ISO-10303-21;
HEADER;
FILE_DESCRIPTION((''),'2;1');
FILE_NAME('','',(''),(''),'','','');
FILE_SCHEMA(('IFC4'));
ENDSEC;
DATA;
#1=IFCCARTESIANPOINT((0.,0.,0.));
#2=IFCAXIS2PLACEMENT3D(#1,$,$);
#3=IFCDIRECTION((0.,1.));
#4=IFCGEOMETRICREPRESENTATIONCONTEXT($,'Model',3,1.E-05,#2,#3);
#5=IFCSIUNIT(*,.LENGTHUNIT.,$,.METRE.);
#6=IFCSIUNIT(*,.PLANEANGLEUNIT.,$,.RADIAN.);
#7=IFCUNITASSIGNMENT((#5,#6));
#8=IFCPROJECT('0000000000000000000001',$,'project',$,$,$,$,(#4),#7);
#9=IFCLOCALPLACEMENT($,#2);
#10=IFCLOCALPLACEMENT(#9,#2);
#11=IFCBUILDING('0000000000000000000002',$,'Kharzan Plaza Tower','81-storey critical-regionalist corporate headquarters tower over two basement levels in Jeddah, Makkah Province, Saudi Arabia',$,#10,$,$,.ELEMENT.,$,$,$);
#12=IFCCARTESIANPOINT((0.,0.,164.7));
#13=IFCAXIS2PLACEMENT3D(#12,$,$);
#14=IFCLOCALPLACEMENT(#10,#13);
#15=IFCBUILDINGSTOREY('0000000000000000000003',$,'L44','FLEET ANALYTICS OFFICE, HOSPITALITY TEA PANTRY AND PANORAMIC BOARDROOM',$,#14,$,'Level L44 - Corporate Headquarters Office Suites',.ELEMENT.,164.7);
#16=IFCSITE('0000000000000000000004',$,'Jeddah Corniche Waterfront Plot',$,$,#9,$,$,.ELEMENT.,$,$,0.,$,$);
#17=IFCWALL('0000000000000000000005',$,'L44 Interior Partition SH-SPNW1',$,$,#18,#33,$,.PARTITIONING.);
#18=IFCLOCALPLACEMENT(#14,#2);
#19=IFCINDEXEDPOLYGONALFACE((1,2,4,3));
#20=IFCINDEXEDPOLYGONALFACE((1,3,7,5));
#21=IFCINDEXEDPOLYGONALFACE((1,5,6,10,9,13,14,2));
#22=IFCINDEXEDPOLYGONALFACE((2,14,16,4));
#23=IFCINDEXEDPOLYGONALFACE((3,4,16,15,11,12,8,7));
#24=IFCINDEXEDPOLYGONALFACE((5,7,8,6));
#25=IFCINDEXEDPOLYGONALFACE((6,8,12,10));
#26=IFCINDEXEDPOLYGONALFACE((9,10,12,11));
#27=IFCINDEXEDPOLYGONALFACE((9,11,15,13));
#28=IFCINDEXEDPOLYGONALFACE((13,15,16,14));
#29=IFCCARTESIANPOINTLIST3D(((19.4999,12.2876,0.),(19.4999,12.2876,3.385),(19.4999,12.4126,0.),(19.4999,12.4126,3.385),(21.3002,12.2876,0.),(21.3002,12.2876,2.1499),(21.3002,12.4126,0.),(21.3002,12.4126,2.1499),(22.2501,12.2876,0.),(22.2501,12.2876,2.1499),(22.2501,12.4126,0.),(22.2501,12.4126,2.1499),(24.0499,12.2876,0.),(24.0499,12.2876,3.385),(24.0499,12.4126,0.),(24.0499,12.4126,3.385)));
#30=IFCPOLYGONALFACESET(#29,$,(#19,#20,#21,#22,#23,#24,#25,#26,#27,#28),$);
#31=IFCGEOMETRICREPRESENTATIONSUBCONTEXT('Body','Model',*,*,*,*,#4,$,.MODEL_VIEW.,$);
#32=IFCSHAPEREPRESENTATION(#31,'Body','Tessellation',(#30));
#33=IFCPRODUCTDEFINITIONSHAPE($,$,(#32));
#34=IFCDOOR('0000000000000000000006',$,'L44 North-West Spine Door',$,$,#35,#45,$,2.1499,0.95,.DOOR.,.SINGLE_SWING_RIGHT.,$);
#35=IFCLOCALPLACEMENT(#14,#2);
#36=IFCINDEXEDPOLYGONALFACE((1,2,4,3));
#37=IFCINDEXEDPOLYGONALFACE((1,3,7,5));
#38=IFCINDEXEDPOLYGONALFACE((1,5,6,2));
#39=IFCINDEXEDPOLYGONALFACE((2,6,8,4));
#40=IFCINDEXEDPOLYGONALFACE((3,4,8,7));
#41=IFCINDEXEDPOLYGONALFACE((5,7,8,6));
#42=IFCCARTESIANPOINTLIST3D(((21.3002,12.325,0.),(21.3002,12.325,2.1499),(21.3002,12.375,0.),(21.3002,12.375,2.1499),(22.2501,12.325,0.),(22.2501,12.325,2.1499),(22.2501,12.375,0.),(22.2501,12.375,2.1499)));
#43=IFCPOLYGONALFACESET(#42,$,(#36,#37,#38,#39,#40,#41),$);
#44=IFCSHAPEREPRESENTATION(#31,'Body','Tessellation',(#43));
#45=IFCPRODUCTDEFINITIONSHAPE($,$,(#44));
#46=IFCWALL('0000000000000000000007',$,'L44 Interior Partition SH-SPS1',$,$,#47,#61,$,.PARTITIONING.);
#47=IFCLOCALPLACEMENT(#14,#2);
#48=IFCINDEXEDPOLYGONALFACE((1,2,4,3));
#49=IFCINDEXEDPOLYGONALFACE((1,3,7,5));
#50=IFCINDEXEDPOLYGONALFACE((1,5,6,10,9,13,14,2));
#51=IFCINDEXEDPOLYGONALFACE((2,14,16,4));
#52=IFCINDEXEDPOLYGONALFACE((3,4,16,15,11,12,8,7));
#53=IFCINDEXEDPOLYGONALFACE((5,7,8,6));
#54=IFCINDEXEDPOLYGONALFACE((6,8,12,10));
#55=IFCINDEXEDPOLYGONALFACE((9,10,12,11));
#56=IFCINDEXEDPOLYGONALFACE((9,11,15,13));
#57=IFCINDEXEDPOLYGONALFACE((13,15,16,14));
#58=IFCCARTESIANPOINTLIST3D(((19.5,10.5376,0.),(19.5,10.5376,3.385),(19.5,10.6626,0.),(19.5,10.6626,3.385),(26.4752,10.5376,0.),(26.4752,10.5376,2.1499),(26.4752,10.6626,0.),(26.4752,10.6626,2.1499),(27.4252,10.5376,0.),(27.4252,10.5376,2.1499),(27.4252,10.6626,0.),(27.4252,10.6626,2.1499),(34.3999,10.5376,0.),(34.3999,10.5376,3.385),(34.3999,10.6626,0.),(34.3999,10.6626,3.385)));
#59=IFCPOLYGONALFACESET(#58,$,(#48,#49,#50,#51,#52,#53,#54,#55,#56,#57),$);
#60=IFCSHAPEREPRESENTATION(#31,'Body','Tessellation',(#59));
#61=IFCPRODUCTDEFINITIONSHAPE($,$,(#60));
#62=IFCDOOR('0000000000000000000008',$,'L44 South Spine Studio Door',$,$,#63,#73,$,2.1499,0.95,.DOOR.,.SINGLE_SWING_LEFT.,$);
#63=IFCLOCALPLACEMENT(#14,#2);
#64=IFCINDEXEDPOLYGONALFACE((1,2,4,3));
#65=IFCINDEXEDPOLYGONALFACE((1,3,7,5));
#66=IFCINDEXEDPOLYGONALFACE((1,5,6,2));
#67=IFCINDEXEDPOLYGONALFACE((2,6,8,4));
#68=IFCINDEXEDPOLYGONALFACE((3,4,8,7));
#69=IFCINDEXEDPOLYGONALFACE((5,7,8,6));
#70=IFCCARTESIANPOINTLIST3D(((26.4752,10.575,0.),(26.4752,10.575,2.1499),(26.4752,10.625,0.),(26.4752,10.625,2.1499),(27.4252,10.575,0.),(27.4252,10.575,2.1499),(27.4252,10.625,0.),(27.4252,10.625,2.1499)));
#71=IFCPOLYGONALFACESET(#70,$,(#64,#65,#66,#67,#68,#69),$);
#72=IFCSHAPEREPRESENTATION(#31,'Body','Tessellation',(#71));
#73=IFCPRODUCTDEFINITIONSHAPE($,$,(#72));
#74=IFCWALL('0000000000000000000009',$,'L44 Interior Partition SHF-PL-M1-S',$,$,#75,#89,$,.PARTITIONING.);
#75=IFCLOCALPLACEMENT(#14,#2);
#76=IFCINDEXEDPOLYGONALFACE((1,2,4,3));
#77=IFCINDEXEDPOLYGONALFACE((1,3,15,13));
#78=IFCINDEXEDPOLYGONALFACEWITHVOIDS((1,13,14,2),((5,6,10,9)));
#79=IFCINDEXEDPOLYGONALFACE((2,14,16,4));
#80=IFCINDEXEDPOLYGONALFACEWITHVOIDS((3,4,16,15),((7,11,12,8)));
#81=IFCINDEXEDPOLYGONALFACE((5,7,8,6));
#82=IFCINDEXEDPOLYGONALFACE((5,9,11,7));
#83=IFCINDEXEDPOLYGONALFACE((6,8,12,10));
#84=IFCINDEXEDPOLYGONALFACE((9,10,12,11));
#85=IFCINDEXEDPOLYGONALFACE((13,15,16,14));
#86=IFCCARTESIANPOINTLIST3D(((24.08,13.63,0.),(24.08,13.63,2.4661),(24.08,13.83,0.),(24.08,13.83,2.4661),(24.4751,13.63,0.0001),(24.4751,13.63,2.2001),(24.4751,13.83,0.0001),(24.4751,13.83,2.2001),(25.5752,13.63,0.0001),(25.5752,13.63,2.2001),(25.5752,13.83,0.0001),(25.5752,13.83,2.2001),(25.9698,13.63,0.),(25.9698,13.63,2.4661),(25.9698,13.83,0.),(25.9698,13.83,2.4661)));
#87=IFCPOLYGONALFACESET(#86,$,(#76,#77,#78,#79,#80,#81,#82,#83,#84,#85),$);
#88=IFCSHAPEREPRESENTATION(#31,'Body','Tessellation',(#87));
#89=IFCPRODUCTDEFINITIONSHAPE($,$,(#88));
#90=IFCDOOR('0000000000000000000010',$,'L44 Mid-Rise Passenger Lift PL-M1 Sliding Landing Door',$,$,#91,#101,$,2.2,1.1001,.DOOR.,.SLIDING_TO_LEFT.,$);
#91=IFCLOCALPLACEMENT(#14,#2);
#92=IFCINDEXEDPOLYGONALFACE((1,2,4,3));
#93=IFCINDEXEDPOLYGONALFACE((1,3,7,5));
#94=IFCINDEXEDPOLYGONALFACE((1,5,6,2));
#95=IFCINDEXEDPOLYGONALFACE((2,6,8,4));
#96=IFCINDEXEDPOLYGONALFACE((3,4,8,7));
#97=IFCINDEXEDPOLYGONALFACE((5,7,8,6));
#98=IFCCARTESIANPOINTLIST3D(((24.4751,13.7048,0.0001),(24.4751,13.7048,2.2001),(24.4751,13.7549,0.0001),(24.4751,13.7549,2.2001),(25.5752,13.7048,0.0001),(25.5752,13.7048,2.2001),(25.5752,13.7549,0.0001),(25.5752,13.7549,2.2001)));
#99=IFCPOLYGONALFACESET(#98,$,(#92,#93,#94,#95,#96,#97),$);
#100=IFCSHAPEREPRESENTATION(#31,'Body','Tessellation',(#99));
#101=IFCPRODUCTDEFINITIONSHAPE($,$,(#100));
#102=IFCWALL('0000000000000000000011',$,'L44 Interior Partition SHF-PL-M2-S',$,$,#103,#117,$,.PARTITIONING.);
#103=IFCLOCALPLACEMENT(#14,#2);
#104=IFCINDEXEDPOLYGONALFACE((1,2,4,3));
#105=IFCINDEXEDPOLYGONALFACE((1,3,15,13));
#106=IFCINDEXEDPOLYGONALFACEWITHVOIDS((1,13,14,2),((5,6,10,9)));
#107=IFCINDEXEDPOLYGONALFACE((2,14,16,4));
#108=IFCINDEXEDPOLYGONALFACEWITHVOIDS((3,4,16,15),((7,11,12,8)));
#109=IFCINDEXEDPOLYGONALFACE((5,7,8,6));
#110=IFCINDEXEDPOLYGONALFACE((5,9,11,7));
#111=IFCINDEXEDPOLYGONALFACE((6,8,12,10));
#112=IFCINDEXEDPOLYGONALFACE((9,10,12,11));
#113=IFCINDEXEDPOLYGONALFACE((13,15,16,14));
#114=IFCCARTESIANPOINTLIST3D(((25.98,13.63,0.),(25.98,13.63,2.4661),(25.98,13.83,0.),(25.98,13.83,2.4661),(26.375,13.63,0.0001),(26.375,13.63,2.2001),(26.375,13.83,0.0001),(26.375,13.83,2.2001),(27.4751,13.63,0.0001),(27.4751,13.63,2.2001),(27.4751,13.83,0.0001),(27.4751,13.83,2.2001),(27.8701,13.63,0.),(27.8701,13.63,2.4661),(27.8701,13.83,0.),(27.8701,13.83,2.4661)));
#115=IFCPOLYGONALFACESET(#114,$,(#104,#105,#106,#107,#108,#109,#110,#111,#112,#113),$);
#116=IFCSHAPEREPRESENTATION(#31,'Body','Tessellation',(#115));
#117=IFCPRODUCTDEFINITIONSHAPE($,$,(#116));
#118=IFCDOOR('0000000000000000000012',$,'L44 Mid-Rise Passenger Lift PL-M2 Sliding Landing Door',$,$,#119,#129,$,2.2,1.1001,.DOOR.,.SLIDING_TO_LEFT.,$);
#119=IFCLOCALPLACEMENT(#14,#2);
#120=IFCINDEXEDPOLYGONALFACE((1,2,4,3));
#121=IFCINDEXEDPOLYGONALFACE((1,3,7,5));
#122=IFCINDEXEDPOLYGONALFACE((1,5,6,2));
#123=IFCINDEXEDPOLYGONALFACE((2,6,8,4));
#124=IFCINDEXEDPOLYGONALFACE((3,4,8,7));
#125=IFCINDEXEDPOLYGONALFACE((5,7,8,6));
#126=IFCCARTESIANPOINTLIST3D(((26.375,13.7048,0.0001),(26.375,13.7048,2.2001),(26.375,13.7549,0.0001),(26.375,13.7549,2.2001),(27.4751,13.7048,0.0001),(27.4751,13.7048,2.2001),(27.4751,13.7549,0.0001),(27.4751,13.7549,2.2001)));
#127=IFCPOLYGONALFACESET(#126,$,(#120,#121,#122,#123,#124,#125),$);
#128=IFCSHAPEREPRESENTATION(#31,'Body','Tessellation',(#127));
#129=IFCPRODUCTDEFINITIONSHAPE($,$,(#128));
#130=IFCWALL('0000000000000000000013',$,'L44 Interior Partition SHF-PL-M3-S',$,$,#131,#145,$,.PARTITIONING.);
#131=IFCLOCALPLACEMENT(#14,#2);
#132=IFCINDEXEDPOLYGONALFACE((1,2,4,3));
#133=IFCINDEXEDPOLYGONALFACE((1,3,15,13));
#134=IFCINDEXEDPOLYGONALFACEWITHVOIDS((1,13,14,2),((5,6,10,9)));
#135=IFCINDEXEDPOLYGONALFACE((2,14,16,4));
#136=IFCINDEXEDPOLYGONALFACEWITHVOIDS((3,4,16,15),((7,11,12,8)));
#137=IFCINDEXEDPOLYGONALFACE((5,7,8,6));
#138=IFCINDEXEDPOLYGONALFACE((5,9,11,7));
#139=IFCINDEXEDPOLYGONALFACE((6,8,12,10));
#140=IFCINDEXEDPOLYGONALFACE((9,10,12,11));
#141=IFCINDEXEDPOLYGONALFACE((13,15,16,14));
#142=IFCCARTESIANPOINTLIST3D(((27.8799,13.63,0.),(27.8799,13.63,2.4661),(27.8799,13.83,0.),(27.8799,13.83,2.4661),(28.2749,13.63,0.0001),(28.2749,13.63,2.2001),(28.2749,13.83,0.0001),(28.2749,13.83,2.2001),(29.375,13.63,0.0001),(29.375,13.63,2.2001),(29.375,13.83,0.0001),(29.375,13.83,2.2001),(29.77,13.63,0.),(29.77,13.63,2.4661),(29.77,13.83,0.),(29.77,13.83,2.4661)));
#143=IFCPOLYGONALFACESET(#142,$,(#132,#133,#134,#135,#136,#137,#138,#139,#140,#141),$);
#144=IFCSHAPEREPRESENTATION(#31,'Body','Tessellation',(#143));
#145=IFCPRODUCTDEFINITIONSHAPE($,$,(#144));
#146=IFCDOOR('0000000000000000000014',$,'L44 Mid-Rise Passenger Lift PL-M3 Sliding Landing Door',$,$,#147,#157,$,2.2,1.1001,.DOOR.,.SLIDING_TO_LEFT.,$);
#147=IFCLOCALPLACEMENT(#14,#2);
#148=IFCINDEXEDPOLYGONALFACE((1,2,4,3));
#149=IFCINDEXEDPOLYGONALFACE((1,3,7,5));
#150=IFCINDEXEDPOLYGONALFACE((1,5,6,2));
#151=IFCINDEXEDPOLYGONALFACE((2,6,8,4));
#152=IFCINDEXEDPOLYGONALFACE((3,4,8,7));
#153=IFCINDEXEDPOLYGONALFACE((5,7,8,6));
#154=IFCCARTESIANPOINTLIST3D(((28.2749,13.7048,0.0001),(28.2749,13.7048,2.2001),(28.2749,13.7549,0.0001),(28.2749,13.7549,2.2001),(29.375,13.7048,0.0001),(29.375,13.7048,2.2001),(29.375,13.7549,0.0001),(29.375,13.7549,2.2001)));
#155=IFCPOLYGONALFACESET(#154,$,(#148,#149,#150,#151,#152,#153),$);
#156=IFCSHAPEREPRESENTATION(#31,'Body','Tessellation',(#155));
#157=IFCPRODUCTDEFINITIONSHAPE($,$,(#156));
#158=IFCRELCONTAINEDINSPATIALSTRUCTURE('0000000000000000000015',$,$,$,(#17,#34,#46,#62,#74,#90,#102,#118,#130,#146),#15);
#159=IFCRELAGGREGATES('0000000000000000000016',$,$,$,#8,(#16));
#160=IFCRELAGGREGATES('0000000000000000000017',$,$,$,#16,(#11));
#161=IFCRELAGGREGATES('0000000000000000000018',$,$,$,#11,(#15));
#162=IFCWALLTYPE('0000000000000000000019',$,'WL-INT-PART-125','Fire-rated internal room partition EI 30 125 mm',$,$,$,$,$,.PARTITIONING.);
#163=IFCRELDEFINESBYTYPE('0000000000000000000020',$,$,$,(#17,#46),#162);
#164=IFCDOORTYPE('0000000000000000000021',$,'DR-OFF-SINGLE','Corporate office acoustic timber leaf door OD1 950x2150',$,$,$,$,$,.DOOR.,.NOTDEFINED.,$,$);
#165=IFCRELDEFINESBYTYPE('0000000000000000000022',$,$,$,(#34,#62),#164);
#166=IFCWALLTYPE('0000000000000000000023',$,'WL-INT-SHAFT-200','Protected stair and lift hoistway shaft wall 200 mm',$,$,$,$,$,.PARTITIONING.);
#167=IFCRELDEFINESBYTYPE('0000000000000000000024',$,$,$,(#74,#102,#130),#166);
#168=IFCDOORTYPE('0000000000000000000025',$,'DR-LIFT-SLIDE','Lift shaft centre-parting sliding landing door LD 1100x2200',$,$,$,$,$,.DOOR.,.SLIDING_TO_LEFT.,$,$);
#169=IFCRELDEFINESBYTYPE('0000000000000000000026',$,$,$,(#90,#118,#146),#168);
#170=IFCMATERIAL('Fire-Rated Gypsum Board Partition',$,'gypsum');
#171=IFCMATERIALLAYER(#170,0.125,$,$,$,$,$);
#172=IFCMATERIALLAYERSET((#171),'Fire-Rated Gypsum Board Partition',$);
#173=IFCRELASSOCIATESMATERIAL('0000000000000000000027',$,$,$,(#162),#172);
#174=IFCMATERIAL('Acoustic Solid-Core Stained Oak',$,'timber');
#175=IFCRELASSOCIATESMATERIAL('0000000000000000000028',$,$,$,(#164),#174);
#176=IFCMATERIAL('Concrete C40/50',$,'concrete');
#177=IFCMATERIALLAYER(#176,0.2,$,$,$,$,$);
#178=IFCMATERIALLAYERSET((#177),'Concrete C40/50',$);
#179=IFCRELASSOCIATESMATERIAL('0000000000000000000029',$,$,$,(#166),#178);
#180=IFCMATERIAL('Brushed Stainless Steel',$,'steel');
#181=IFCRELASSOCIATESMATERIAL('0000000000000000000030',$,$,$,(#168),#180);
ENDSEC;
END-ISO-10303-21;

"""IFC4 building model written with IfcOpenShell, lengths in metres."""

from ifc_helpers import new_model, si_unit, direction, frame, frame_2d, origin, place, context, subcontext, project, spatial, rectangle, extrude, source, transform, mapped, material, layer, layer_set, type_object, element, fill, save


model = new_model("IFC4")

# Units and contexts
model_context = context("Model", 3, precision=1e-05, world=origin(), true_north=direction((0.0, 1.0)))
body_context = subcontext(model_context, "Body", "Model", "MODEL_VIEW")
ifc_project = project(units=[si_unit("LENGTHUNIT", "METRE"), si_unit("PLANEANGLEUNIT", "RADIAN")], contexts=[model_context])

# Site, building, storey
site_placement = place(None, origin())
site = spatial("IfcSite", under=ifc_project, at=site_placement, Name="Jeddah Corniche Waterfront Plot", CompositionType="ELEMENT", RefElevation=0.0)
building_placement = place(site_placement, origin())
building = spatial("IfcBuilding", under=site, at=building_placement, Name="Kharzan Plaza Tower", Description="81-storey critical-regionalist corporate headquarters tower over two basement levels in Jeddah, Makkah Province, Saudi Arabia", CompositionType="ELEMENT")
storey_placement = place(building_placement, frame((0.0, 0.0, 164.7)))
storey = spatial("IfcBuildingStorey", under=building, at=storey_placement, Name="L44", Description="FLEET ANALYTICS OFFICE, HOSPITALITY TEA PANTRY AND PANORAMIC BOARDROOM", LongName="Level L44 - Corporate Headquarters Office Suites", CompositionType="ELEMENT", Elevation=164.7)

# Walls, openings, doors
ifc_material_1 = material(Name="Fire-Rated Gypsum Board Partition", Category="gypsum")
ifc_layer_1 = layer(ifc_material_1, 0.125)
ifc_layer_set_1 = layer_set([ifc_layer_1], Name="Fire-Rated Gypsum Board Partition")
wall_type_1 = type_object("IfcWallType", Name="WL-INT-PART-125", Description="Fire-rated internal room partition EI 30 125 mm", PredefinedType="PARTITIONING", material=ifc_layer_set_1)
ifc_material_2 = material(Name="Acoustic Solid-Core Stained Oak", Category="timber")
door_type_1 = type_object("IfcDoorType", Name="DR-OFF-SINGLE", Description="Corporate office acoustic timber leaf door OD1 950x2150", OperationType="NOTDEFINED", PredefinedType="DOOR", material=ifc_material_2)
shared_shape_1 = source(origin(), body_context, "Body", "SweptSolid", [
    extrude(rectangle(XDim=0.95, YDim=2.1499, at=frame_2d((0.4751, 1.075))), frame((0.0, 0.0249, 0.0), z_axis=(0.0, -1.0, 0.0), x_axis=(1.0, 0.0, 0.0)), (0.0, 0.0, 1.0), 0.05),
])
wall_1_placement = place(storey_placement, frame((19.5, 12.3501, 0.0), z_axis=(0.0, 0.0, 1.0), x_axis=(1.0, 0.0, 0.0)))
wall_1 = element("IfcWall", 1, at=wall_1_placement, inside=storey, type_object=wall_type_1, Name="L44 Interior Partition SH-SPNW1", PredefinedType="PARTITIONING", context=body_context, shape_type="SweptSolid", body=[
    extrude(rectangle(XDim=4.55, YDim=0.125, at=frame_2d((2.2749, 0.0))), origin(), (0.0, 0.0, 1.0), 3.385),
])
opening_1_placement = place(wall_1_placement, frame((1.8, 0.0, 0.0)))
opening_1 = element("IfcOpeningElement", 2, at=opening_1_placement, cuts=wall_1, PredefinedType="OPENING", context=body_context, shape_type="SweptSolid", body=[
    extrude(rectangle(XDim=0.95, YDim=2.1499, at=frame_2d((0.4751, 1.075))), frame((0.0, 0.0725, 0.0), z_axis=(0.0, -1.0, 0.0), x_axis=(1.0, 0.0, 0.0)), (0.0, 0.0, 1.0), 0.145),
])
door_1_placement = place(opening_1_placement, origin())
door_1 = element("IfcDoor", 3, at=door_1_placement, inside=storey, type_object=door_type_1, Name="L44 North-West Spine Door", OperationType="SINGLE_SWING_RIGHT", OverallHeight=2.1499, OverallWidth=0.95, PredefinedType="DOOR", context=body_context, shape_type="MappedRepresentation", body=[
    mapped(shared_shape_1, transform((0.0, 0.0, 0.0), x_axis=(1.0, 0.0, 0.0), y_axis=(0.0, 1.0, 0.0), z_axis=(0.0, 0.0, 1.0))),
])
fill(opening_1, door_1)
wall_2_placement = place(storey_placement, frame((19.5, 10.6001, 0.0), z_axis=(0.0, 0.0, 1.0), x_axis=(1.0, 0.0, 0.0)))
wall_2 = element("IfcWall", 4, at=wall_2_placement, inside=storey, type_object=wall_type_1, Name="L44 Interior Partition SH-SPS1", PredefinedType="PARTITIONING", context=body_context, shape_type="SweptSolid", body=[
    extrude(rectangle(XDim=14.8999, YDim=0.125, at=frame_2d((7.45, 0.0))), origin(), (0.0, 0.0, 1.0), 3.385),
])
opening_2_placement = place(wall_2_placement, frame((6.9751, 0.0, 0.0)))
opening_2 = element("IfcOpeningElement", 5, at=opening_2_placement, cuts=wall_2, PredefinedType="OPENING", context=body_context, shape_type="SweptSolid", body=[
    extrude(rectangle(XDim=0.95, YDim=2.1499, at=frame_2d((0.4751, 1.075))), frame((0.0, 0.0725, 0.0), z_axis=(0.0, -1.0, 0.0), x_axis=(1.0, 0.0, 0.0)), (0.0, 0.0, 1.0), 0.145),
])
door_2_placement = place(opening_2_placement, origin())
door_2 = element("IfcDoor", 6, at=door_2_placement, inside=storey, type_object=door_type_1, Name="L44 South Spine Studio Door", OperationType="SINGLE_SWING_LEFT", OverallHeight=2.1499, OverallWidth=0.95, PredefinedType="DOOR", context=body_context, shape_type="MappedRepresentation", body=[
    mapped(shared_shape_1, transform((0.0, 0.0, 0.0), x_axis=(1.0, 0.0, 0.0), y_axis=(0.0, 1.0, 0.0), z_axis=(0.0, 0.0, 1.0))),
])
fill(opening_2, door_2)
ifc_material_3 = material(Name="Concrete C40/50", Category="concrete")
ifc_layer_2 = layer(ifc_material_3, 0.2)
ifc_layer_set_2 = layer_set([ifc_layer_2], Name="Concrete C40/50")
wall_type_2 = type_object("IfcWallType", Name="WL-INT-SHAFT-200", Description="Protected stair and lift hoistway shaft wall 200 mm", PredefinedType="PARTITIONING", material=ifc_layer_set_2)
wall_3_placement = place(storey_placement, frame((24.0801, 13.73, 0.0), z_axis=(0.0, 0.0, 1.0), x_axis=(1.0, 0.0, 0.0)))
wall_3 = element("IfcWall", 7, at=wall_3_placement, inside=storey, type_object=wall_type_2, Name="L44 Interior Partition SHF-PL-M1-S", PredefinedType="PARTITIONING", context=body_context, shape_type="SweptSolid", body=[
    extrude(rectangle(XDim=1.8899, YDim=0.2, at=frame_2d((0.9448, 0.0))), origin(), (0.0, 0.0, 1.0), 2.4661),
])
opening_3_placement = place(wall_3_placement, frame((0.395, 0.0, 0.0)))
opening_3 = element("IfcOpeningElement", 8, at=opening_3_placement, cuts=wall_3, PredefinedType="OPENING", context=body_context, shape_type="SweptSolid", body=[
    extrude(rectangle(XDim=1.1001, YDim=2.2, at=frame_2d((0.55, 1.1001))), frame((0.0, 0.1099, 0.0), z_axis=(0.0, -1.0, 0.0), x_axis=(1.0, 0.0, 0.0)), (0.0, 0.0, 1.0), 0.22),
])
ifc_material_4 = material(Name="Brushed Stainless Steel", Category="steel")
door_type_2 = type_object("IfcDoorType", Name="DR-LIFT-SLIDE", Description="Lift shaft centre-parting sliding landing door LD 1100x2200", OperationType="SLIDING_TO_LEFT", PredefinedType="DOOR", material=ifc_material_4)
shared_shape_2 = source(origin(), body_context, "Body", "SweptSolid", [
    extrude(rectangle(XDim=1.1001, YDim=2.2, at=frame_2d((0.55, 1.1001))), frame((0.0, 0.0249, 0.0), z_axis=(0.0, -1.0, 0.0), x_axis=(1.0, 0.0, 0.0)), (0.0, 0.0, 1.0), 0.05),
])
door_3_placement = place(opening_3_placement, origin())
door_3 = element("IfcDoor", 9, at=door_3_placement, inside=storey, type_object=door_type_2, Name="L44 Mid-Rise Passenger Lift PL-M1 Sliding Landing Door", OperationType="SLIDING_TO_LEFT", OverallHeight=2.2, OverallWidth=1.1001, PredefinedType="DOOR", context=body_context, shape_type="MappedRepresentation", body=[
    mapped(shared_shape_2, transform((0.0, 0.0, 0.0), x_axis=(1.0, 0.0, 0.0), y_axis=(0.0, 1.0, 0.0), z_axis=(0.0, 0.0, 1.0))),
])
fill(opening_3, door_3)
wall_4_placement = place(storey_placement, frame((25.98, 13.73, 0.0), z_axis=(0.0, 0.0, 1.0), x_axis=(1.0, 0.0, 0.0)))
wall_4 = element("IfcWall", 10, at=wall_4_placement, inside=storey, type_object=wall_type_2, Name="L44 Interior Partition SHF-PL-M2-S", PredefinedType="PARTITIONING", context=body_context, shape_type="SweptSolid", body=[
    extrude(rectangle(XDim=1.8901, YDim=0.2, at=frame_2d((0.9451, 0.0))), origin(), (0.0, 0.0, 1.0), 2.4661),
])
opening_4_placement = place(wall_4_placement, frame((0.395, 0.0, 0.0)))
opening_4 = element("IfcOpeningElement", 11, at=opening_4_placement, cuts=wall_4, PredefinedType="OPENING", context=body_context, shape_type="SweptSolid", body=[
    extrude(rectangle(XDim=1.1001, YDim=2.2, at=frame_2d((0.55, 1.1001))), frame((0.0, 0.1099, 0.0), z_axis=(0.0, -1.0, 0.0), x_axis=(1.0, 0.0, 0.0)), (0.0, 0.0, 1.0), 0.22),
])
door_4_placement = place(opening_4_placement, origin())
door_4 = element("IfcDoor", 12, at=door_4_placement, inside=storey, type_object=door_type_2, Name="L44 Mid-Rise Passenger Lift PL-M2 Sliding Landing Door", OperationType="SLIDING_TO_LEFT", OverallHeight=2.2, OverallWidth=1.1001, PredefinedType="DOOR", context=body_context, shape_type="MappedRepresentation", body=[
    mapped(shared_shape_2, transform((0.0, 0.0, 0.0), x_axis=(1.0, 0.0, 0.0), y_axis=(0.0, 1.0, 0.0), z_axis=(0.0, 0.0, 1.0))),
])
fill(opening_4, door_4)
wall_5_placement = place(storey_placement, frame((27.8799, 13.73, 0.0), z_axis=(0.0, 0.0, 1.0), x_axis=(1.0, 0.0, 0.0)))
wall_5 = element("IfcWall", 13, at=wall_5_placement, inside=storey, type_object=wall_type_2, Name="L44 Interior Partition SHF-PL-M3-S", PredefinedType="PARTITIONING", context=body_context, shape_type="SweptSolid", body=[
    extrude(rectangle(XDim=1.8901, YDim=0.2, at=frame_2d((0.9451, 0.0))), origin(), (0.0, 0.0, 1.0), 2.4661),
])
opening_5_placement = place(wall_5_placement, frame((0.395, 0.0, 0.0)))
opening_5 = element("IfcOpeningElement", 14, at=opening_5_placement, cuts=wall_5, PredefinedType="OPENING", context=body_context, shape_type="SweptSolid", body=[
    extrude(rectangle(XDim=1.1001, YDim=2.2, at=frame_2d((0.55, 1.1001))), frame((0.0, 0.1099, 0.0), z_axis=(0.0, -1.0, 0.0), x_axis=(1.0, 0.0, 0.0)), (0.0, 0.0, 1.0), 0.22),
])
door_5_placement = place(opening_5_placement, origin())
door_5 = element("IfcDoor", 15, at=door_5_placement, inside=storey, type_object=door_type_2, Name="L44 Mid-Rise Passenger Lift PL-M3 Sliding Landing Door", OperationType="SLIDING_TO_LEFT", OverallHeight=2.2, OverallWidth=1.1001, PredefinedType="DOOR", context=body_context, shape_type="MappedRepresentation", body=[
    mapped(shared_shape_2, transform((0.0, 0.0, 0.0), x_axis=(1.0, 0.0, 0.0), y_axis=(0.0, 1.0, 0.0), z_axis=(0.0, 0.0, 1.0))),
])
fill(opening_5, door_5)

save(model, "model.ifc")
